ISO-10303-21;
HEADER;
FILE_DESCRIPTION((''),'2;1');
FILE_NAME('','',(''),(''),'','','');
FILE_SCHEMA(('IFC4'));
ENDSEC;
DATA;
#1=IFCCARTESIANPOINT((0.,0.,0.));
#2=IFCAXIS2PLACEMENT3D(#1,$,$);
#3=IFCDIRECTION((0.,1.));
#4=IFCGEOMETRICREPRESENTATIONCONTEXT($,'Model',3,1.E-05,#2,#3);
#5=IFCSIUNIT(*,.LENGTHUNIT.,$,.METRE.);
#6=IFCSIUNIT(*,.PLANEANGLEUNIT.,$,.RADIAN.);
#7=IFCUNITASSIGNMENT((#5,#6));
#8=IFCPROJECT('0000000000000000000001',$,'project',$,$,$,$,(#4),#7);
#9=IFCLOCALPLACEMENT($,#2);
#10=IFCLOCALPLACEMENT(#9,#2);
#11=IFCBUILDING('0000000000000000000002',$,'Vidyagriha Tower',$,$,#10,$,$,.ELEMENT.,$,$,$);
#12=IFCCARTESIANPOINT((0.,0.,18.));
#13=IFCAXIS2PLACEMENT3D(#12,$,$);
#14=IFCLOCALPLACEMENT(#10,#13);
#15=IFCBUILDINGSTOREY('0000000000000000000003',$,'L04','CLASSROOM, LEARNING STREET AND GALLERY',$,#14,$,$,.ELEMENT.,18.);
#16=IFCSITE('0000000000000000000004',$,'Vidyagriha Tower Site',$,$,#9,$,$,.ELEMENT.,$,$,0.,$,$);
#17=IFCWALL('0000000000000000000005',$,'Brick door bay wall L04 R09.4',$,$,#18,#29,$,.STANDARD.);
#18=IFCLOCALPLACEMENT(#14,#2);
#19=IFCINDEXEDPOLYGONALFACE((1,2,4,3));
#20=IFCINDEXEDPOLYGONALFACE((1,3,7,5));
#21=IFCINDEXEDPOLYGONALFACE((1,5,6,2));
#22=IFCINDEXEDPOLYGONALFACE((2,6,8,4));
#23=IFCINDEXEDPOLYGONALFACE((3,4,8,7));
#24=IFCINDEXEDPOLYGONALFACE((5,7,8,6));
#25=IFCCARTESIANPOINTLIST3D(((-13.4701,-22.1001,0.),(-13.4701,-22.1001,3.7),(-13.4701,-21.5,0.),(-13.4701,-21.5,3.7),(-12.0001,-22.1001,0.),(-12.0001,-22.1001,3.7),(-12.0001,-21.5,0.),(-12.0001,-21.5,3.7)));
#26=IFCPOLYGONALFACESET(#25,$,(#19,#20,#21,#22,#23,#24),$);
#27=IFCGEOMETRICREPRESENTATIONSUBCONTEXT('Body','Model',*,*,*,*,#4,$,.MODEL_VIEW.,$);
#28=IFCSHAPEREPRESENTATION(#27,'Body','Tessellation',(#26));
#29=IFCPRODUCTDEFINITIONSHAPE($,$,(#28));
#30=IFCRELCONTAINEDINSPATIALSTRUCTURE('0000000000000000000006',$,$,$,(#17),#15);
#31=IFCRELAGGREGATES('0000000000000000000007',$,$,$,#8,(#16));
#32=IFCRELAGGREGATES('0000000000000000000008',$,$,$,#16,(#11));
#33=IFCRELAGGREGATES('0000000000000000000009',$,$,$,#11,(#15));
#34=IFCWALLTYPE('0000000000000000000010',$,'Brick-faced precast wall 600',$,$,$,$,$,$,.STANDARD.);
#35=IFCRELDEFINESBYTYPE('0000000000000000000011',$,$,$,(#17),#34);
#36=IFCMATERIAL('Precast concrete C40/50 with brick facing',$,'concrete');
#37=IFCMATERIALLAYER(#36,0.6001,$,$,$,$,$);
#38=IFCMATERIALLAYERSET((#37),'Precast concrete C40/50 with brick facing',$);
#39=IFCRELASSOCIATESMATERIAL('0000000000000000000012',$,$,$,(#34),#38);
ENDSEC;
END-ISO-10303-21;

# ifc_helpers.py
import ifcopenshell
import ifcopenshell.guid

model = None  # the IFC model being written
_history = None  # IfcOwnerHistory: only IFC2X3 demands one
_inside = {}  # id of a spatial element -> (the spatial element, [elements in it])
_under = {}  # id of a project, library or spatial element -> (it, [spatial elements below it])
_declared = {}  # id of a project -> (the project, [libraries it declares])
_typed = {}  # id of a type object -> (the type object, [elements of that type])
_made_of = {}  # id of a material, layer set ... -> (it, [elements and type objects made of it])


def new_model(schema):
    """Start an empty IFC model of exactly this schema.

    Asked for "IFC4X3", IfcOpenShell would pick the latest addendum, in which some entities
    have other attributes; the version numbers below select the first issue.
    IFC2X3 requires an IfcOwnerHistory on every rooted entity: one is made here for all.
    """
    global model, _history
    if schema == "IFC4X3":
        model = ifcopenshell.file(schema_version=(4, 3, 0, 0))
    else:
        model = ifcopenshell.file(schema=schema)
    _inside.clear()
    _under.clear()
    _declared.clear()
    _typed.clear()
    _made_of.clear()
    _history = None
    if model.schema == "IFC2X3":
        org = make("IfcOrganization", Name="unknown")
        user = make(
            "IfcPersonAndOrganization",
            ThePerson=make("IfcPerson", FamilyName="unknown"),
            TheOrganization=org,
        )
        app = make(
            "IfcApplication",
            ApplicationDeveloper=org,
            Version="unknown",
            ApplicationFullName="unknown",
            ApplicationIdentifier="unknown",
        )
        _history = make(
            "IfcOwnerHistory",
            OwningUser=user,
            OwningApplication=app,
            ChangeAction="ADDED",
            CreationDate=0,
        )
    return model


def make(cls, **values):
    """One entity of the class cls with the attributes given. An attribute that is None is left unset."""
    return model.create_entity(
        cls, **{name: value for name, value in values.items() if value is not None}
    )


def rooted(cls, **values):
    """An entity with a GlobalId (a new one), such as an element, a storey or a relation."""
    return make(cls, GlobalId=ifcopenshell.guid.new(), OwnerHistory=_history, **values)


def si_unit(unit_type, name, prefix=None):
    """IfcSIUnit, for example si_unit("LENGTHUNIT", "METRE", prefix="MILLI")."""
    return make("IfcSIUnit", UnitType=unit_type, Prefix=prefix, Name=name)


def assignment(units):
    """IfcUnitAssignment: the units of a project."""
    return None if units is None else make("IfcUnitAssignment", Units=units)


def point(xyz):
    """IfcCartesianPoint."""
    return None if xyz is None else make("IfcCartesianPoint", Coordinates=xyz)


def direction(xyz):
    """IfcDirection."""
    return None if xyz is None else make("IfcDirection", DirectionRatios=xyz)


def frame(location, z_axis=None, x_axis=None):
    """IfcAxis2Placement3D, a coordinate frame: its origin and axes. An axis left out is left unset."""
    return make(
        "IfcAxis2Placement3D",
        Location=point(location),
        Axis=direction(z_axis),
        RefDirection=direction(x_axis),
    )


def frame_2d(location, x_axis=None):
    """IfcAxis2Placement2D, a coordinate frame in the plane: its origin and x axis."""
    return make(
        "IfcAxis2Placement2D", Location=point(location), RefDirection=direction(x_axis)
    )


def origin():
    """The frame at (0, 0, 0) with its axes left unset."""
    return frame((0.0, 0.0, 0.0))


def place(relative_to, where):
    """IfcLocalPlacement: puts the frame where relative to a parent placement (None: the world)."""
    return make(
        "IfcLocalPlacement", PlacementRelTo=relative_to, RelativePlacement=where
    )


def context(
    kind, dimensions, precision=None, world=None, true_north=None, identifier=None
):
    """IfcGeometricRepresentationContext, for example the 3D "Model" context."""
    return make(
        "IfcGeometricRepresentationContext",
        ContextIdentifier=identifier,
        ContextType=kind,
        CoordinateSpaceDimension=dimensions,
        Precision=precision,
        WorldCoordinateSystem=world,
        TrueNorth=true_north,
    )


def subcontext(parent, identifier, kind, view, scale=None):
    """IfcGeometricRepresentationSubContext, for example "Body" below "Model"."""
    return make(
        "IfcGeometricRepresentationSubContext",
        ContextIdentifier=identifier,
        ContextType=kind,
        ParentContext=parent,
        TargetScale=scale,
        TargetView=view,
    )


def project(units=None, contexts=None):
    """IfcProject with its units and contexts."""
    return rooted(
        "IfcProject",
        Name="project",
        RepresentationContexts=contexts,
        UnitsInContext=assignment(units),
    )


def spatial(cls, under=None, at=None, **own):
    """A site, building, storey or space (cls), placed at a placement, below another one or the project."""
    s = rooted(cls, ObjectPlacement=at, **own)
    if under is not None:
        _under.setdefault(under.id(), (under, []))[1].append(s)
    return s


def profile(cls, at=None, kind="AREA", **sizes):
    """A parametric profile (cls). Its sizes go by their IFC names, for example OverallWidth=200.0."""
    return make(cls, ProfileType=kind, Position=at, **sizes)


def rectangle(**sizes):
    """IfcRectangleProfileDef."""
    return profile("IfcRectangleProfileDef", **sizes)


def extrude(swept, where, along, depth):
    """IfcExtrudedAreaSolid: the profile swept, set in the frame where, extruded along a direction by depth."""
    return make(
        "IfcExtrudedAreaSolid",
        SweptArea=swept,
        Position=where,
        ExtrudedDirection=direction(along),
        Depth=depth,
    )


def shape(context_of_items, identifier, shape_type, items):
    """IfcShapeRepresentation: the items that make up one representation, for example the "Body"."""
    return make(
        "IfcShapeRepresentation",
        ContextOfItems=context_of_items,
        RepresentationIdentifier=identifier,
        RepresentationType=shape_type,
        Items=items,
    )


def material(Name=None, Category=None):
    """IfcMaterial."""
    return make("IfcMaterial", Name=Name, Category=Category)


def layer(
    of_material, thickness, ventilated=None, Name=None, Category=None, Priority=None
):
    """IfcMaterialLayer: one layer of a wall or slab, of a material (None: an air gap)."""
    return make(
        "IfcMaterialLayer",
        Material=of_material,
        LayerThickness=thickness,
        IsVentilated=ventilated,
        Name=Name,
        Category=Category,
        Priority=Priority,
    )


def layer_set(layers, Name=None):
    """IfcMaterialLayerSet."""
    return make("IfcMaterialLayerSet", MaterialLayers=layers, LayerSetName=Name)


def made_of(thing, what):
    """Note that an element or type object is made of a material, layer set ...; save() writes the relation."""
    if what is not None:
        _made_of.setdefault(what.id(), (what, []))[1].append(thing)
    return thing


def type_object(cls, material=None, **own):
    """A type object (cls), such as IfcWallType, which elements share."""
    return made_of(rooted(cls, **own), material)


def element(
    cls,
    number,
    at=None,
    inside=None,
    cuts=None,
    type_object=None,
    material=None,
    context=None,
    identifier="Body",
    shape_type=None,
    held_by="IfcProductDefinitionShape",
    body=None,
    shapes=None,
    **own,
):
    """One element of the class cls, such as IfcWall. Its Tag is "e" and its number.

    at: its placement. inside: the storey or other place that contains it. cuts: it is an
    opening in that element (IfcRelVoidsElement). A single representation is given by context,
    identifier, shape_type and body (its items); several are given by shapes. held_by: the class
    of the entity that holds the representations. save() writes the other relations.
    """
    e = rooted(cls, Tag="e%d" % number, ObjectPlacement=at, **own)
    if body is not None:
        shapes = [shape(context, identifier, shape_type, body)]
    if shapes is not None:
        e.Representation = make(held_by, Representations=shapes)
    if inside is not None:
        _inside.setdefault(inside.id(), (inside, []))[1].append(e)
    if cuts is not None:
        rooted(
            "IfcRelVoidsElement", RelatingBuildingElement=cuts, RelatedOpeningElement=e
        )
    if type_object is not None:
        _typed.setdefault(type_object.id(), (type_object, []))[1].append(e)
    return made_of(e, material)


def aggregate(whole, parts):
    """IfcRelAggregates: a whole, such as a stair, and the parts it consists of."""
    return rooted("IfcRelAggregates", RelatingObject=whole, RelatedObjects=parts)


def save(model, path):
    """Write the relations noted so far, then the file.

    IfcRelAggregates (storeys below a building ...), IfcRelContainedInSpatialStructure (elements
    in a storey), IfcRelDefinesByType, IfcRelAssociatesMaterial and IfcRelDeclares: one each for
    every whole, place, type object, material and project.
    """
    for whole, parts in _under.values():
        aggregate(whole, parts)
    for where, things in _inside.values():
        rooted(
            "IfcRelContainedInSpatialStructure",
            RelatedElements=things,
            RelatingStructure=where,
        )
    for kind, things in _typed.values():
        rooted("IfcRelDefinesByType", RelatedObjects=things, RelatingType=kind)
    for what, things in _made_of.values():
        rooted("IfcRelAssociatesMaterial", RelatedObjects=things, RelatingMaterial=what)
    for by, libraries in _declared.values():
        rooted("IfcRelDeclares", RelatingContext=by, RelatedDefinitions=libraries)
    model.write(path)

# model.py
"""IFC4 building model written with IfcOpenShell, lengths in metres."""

from ifc_helpers import new_model, si_unit, direction, frame, frame_2d, origin, place, context, subcontext, project, spatial, rectangle, extrude, material, layer, layer_set, type_object, element, save


model = new_model("IFC4")

# Units and contexts
model_context = context("Model", 3, precision=1e-05, world=origin(), true_north=direction((0.0, 1.0)))
body_context = subcontext(model_context, "Body", "Model", "MODEL_VIEW")
ifc_project = project(units=[si_unit("LENGTHUNIT", "METRE"), si_unit("PLANEANGLEUNIT", "RADIAN")], contexts=[model_context])

# Site, building, storey
site_placement = place(None, origin())
site = spatial("IfcSite", under=ifc_project, at=site_placement, Name="Vidyagriha Tower Site", CompositionType="ELEMENT", RefElevation=0.0)
building_placement = place(site_placement, origin())
building = spatial("IfcBuilding", under=site, at=building_placement, Name="Vidyagriha Tower", CompositionType="ELEMENT")
storey_placement = place(building_placement, frame((0.0, 0.0, 18.0)))
storey = spatial("IfcBuildingStorey", under=building, at=storey_placement, Name="L04", Description="CLASSROOM, LEARNING STREET AND GALLERY", CompositionType="ELEMENT", Elevation=18.0)

# Wall
ifc_material_1 = material(Name="Precast concrete C40/50 with brick facing", Category="concrete")
ifc_layer_1 = layer(ifc_material_1, 0.6001)
ifc_layer_set_1 = layer_set([ifc_layer_1], Name="Precast concrete C40/50 with brick facing")
wall_type = type_object("IfcWallType", Name="Brick-faced precast wall 600", PredefinedType="STANDARD", material=ifc_layer_set_1)
wall_1_placement = place(storey_placement, frame((-13.47, -21.8, 0.0)))
element("IfcWall", 1, at=wall_1_placement, inside=storey, type_object=wall_type, Name="Brick door bay wall L04 R09.4", PredefinedType="STANDARD", context=body_context, shape_type="SweptSolid", body=[
    extrude(rectangle(XDim=1.47, YDim=0.6001, at=frame_2d((0.7349, 0.0))), origin(), (0.0, 0.0, 1.0), 3.7),
])

save(model, "model.ifc")
